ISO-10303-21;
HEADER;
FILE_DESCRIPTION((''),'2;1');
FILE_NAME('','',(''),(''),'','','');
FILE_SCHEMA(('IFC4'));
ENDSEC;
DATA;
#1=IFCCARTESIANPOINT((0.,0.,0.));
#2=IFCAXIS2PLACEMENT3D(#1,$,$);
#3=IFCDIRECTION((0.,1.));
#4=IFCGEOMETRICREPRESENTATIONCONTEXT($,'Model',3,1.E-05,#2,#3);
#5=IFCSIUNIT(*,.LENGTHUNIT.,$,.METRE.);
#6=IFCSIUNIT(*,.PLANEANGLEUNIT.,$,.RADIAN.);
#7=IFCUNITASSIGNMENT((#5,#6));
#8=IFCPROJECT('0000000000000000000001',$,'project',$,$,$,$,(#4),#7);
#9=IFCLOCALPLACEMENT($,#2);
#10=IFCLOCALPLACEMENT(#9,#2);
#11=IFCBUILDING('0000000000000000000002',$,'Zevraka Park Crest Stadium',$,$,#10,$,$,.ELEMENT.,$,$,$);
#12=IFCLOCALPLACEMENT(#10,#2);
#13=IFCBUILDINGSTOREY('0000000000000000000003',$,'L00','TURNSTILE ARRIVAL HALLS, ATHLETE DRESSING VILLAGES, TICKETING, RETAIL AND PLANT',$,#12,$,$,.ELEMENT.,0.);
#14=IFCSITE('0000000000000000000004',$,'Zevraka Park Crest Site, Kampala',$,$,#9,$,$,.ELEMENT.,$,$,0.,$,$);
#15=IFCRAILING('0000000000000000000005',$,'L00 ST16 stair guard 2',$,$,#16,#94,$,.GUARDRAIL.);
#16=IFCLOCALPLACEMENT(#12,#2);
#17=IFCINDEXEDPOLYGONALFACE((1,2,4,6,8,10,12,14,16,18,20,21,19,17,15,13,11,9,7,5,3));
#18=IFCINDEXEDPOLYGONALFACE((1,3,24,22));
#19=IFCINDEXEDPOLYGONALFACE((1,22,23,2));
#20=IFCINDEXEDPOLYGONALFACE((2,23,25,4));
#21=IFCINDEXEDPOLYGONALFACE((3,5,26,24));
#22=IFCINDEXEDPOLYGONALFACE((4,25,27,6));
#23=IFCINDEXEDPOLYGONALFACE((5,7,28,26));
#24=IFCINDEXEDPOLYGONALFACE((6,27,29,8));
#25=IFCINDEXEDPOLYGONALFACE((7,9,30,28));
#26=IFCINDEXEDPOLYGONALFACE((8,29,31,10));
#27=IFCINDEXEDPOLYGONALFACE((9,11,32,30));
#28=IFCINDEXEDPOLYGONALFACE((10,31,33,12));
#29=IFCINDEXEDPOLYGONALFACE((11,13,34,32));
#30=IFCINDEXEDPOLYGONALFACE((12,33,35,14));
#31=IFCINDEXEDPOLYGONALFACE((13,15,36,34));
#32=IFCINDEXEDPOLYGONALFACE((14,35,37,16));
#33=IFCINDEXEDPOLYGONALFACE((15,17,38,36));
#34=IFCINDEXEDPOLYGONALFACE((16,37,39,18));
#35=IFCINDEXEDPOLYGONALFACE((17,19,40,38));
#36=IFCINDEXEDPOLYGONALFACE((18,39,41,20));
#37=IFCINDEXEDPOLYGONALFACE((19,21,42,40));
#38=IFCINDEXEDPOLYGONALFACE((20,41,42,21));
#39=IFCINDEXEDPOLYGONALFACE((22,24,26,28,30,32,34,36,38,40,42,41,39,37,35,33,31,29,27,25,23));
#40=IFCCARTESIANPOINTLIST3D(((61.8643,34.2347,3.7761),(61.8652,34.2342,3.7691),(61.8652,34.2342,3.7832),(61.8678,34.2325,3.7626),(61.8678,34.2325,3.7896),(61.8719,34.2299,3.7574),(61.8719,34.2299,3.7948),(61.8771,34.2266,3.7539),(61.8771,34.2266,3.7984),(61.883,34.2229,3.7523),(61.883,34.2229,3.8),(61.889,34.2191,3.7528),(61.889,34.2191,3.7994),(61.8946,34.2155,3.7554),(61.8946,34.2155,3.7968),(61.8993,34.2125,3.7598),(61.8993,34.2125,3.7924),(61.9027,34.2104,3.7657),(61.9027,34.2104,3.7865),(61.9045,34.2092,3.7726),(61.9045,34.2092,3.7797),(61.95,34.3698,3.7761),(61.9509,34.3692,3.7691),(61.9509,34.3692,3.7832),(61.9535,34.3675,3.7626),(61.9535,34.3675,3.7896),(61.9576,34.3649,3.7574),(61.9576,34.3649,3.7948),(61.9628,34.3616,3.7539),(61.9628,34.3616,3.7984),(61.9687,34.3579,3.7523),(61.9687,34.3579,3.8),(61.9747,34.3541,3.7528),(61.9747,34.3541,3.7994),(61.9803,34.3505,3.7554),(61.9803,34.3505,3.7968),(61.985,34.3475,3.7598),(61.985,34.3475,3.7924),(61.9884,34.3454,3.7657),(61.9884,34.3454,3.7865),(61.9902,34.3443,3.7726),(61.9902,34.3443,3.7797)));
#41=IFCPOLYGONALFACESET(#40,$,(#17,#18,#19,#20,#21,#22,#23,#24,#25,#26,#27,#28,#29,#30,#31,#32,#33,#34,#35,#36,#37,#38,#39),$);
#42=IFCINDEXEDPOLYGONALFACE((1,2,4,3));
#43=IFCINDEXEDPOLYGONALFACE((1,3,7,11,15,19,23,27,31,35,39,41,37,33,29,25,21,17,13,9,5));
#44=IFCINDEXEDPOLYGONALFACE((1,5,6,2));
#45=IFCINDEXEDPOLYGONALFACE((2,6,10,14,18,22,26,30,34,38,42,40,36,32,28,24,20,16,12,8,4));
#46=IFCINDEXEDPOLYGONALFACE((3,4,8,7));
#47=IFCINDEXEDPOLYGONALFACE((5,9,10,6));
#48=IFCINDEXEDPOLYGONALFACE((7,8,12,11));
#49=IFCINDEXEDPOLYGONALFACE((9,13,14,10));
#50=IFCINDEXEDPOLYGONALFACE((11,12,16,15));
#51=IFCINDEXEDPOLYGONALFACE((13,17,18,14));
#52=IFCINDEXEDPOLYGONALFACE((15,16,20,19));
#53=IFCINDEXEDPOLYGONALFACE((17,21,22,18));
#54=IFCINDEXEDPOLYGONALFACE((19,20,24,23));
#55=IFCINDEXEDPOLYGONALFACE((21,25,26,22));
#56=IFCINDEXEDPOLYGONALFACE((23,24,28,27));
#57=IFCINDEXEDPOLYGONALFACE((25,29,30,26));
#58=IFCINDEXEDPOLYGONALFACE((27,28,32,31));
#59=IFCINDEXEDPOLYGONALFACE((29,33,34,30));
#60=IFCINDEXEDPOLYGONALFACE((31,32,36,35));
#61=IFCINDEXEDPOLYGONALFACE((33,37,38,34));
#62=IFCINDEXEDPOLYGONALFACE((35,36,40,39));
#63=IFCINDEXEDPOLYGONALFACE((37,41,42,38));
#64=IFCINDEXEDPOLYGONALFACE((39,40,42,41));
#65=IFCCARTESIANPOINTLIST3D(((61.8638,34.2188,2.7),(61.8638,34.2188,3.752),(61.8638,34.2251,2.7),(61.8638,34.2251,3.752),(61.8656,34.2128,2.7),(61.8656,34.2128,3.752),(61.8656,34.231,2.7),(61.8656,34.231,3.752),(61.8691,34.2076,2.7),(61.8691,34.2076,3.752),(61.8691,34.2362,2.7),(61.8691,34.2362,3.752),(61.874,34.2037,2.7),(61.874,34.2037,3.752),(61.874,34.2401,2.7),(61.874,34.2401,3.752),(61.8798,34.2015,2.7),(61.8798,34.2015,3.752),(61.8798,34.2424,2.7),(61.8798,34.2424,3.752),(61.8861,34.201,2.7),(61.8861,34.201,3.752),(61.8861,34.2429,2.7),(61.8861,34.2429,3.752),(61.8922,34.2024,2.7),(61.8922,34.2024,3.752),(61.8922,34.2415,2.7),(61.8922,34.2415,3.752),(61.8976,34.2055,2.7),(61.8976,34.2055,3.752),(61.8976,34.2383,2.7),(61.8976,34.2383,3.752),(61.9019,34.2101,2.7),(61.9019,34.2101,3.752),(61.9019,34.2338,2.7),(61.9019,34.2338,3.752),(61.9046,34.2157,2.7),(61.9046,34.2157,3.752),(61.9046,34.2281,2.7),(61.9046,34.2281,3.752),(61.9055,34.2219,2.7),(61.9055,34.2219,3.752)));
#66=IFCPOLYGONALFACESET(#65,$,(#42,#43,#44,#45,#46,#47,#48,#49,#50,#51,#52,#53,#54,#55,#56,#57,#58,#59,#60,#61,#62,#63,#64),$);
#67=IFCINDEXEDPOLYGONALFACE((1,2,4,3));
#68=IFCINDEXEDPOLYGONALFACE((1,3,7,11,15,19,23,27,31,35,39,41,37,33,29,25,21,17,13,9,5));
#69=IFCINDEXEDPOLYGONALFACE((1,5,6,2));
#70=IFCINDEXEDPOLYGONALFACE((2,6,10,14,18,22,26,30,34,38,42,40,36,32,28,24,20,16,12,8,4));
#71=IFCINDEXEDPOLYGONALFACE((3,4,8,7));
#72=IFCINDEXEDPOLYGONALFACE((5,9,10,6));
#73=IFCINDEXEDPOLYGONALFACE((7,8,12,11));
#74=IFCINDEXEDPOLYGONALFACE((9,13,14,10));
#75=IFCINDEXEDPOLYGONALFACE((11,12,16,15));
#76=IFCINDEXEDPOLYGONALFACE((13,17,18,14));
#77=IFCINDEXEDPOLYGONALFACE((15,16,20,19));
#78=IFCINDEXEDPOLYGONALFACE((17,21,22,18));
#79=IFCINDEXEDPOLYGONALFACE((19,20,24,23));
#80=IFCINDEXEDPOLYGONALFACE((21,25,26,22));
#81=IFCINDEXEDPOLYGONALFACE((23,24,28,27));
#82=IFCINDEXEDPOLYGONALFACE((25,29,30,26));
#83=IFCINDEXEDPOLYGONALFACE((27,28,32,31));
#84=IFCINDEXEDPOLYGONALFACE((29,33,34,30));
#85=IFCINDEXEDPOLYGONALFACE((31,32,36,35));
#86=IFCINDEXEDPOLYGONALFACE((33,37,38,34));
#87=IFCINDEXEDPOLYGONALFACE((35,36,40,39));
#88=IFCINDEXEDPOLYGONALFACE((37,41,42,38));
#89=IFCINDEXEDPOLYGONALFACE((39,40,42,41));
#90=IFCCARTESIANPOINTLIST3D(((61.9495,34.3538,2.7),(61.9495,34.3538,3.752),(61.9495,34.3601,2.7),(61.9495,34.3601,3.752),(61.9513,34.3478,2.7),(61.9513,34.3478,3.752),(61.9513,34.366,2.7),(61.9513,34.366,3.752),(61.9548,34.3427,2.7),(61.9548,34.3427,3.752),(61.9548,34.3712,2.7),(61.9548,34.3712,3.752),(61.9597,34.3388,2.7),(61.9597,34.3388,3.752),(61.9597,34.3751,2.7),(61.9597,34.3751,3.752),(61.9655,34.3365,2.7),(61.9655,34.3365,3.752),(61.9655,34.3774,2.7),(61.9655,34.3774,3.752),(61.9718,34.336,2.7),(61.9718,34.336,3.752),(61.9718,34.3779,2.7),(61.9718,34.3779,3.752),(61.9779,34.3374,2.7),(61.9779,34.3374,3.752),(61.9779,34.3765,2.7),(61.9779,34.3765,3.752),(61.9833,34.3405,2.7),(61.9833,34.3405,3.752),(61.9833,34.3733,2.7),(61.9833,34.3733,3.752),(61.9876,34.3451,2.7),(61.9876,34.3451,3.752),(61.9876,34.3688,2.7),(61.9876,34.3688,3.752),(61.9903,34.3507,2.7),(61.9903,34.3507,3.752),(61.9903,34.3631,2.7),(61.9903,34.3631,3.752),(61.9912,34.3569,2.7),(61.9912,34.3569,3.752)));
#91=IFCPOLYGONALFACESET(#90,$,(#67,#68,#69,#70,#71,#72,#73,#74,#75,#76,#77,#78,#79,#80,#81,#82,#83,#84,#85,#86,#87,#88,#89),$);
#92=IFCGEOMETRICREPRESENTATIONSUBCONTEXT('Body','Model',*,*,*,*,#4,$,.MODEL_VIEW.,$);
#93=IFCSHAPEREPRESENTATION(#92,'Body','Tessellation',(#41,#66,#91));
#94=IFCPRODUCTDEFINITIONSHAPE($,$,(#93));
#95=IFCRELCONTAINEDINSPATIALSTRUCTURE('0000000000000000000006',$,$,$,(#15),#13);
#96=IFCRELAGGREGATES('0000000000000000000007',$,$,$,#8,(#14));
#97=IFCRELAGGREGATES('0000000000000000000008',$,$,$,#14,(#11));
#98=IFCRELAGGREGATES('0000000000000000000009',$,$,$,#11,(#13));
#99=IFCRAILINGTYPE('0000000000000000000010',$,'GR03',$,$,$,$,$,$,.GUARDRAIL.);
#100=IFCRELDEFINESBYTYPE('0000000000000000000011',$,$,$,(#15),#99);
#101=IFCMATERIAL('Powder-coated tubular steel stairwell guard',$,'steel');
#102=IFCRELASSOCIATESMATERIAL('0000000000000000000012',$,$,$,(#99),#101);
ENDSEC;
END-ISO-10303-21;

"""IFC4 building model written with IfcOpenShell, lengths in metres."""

from ifc_helpers import new_model, si_unit, direction, frame, origin, origin_2d, place, context, subcontext, project, spatial, circle, extrude, material, type_object, element, save


model = new_model("IFC4")

# Units and contexts
model_context = context("Model", 3, precision=1e-05, world=origin(), true_north=direction((0.0, 1.0)))
body_context = subcontext(model_context, "Body", "Model", "MODEL_VIEW")
ifc_project = project(units=[si_unit("LENGTHUNIT", "METRE"), si_unit("PLANEANGLEUNIT", "RADIAN")], contexts=[model_context])

# Site, building, storey
site_placement = place(None, origin())
site = spatial("IfcSite", under=ifc_project, at=site_placement, Name="Zevraka Park Crest Site, Kampala", CompositionType="ELEMENT", RefElevation=0.0)
building_placement = place(site_placement, origin())
building = spatial("IfcBuilding", under=site, at=building_placement, Name="Zevraka Park Crest Stadium", CompositionType="ELEMENT")
storey_placement = place(building_placement, origin())
storey = spatial("IfcBuildingStorey", under=building, at=storey_placement, Name="L00", Description="TURNSTILE ARRIVAL HALLS, ATHLETE DRESSING VILLAGES, TICKETING, RETAIL AND PLANT", CompositionType="ELEMENT", Elevation=0.0)

# Railing
ifc_material_1 = material(Name="Powder-coated tubular steel stairwell guard", Category="steel")
railing_type_1 = type_object("IfcRailingType", Name="GR03", PredefinedType="GUARDRAIL", material=ifc_material_1)
railing_1_placement = place(storey_placement, frame((61.8845, 34.2219, 2.7)))
element("IfcRailing", 1, at=railing_1_placement, inside=storey, type_object=railing_type_1, Name="L00 ST16 stair guard 2", PredefinedType="GUARDRAIL", context=body_context, shape_type="SweptSolid", body=[
    extrude(circle(Radius=0.0239, at=origin_2d()), frame((0.0, 0.0, 1.0762), z_axis=(0.535887, 0.84429, 0.0), x_axis=(-0.84429, 0.535887, 0.0)), (0.0, 0.0, 1.0), 0.1599),
    extrude(circle(Radius=0.021, at=origin_2d()), origin(), (0.0, 0.0, 1.0), 1.052),
    extrude(circle(Radius=0.021, at=origin_2d()), frame((0.0857, 0.135, 0.0)), (0.0, 0.0, 1.0), 1.052),
])

save(model, "model.ifc")
